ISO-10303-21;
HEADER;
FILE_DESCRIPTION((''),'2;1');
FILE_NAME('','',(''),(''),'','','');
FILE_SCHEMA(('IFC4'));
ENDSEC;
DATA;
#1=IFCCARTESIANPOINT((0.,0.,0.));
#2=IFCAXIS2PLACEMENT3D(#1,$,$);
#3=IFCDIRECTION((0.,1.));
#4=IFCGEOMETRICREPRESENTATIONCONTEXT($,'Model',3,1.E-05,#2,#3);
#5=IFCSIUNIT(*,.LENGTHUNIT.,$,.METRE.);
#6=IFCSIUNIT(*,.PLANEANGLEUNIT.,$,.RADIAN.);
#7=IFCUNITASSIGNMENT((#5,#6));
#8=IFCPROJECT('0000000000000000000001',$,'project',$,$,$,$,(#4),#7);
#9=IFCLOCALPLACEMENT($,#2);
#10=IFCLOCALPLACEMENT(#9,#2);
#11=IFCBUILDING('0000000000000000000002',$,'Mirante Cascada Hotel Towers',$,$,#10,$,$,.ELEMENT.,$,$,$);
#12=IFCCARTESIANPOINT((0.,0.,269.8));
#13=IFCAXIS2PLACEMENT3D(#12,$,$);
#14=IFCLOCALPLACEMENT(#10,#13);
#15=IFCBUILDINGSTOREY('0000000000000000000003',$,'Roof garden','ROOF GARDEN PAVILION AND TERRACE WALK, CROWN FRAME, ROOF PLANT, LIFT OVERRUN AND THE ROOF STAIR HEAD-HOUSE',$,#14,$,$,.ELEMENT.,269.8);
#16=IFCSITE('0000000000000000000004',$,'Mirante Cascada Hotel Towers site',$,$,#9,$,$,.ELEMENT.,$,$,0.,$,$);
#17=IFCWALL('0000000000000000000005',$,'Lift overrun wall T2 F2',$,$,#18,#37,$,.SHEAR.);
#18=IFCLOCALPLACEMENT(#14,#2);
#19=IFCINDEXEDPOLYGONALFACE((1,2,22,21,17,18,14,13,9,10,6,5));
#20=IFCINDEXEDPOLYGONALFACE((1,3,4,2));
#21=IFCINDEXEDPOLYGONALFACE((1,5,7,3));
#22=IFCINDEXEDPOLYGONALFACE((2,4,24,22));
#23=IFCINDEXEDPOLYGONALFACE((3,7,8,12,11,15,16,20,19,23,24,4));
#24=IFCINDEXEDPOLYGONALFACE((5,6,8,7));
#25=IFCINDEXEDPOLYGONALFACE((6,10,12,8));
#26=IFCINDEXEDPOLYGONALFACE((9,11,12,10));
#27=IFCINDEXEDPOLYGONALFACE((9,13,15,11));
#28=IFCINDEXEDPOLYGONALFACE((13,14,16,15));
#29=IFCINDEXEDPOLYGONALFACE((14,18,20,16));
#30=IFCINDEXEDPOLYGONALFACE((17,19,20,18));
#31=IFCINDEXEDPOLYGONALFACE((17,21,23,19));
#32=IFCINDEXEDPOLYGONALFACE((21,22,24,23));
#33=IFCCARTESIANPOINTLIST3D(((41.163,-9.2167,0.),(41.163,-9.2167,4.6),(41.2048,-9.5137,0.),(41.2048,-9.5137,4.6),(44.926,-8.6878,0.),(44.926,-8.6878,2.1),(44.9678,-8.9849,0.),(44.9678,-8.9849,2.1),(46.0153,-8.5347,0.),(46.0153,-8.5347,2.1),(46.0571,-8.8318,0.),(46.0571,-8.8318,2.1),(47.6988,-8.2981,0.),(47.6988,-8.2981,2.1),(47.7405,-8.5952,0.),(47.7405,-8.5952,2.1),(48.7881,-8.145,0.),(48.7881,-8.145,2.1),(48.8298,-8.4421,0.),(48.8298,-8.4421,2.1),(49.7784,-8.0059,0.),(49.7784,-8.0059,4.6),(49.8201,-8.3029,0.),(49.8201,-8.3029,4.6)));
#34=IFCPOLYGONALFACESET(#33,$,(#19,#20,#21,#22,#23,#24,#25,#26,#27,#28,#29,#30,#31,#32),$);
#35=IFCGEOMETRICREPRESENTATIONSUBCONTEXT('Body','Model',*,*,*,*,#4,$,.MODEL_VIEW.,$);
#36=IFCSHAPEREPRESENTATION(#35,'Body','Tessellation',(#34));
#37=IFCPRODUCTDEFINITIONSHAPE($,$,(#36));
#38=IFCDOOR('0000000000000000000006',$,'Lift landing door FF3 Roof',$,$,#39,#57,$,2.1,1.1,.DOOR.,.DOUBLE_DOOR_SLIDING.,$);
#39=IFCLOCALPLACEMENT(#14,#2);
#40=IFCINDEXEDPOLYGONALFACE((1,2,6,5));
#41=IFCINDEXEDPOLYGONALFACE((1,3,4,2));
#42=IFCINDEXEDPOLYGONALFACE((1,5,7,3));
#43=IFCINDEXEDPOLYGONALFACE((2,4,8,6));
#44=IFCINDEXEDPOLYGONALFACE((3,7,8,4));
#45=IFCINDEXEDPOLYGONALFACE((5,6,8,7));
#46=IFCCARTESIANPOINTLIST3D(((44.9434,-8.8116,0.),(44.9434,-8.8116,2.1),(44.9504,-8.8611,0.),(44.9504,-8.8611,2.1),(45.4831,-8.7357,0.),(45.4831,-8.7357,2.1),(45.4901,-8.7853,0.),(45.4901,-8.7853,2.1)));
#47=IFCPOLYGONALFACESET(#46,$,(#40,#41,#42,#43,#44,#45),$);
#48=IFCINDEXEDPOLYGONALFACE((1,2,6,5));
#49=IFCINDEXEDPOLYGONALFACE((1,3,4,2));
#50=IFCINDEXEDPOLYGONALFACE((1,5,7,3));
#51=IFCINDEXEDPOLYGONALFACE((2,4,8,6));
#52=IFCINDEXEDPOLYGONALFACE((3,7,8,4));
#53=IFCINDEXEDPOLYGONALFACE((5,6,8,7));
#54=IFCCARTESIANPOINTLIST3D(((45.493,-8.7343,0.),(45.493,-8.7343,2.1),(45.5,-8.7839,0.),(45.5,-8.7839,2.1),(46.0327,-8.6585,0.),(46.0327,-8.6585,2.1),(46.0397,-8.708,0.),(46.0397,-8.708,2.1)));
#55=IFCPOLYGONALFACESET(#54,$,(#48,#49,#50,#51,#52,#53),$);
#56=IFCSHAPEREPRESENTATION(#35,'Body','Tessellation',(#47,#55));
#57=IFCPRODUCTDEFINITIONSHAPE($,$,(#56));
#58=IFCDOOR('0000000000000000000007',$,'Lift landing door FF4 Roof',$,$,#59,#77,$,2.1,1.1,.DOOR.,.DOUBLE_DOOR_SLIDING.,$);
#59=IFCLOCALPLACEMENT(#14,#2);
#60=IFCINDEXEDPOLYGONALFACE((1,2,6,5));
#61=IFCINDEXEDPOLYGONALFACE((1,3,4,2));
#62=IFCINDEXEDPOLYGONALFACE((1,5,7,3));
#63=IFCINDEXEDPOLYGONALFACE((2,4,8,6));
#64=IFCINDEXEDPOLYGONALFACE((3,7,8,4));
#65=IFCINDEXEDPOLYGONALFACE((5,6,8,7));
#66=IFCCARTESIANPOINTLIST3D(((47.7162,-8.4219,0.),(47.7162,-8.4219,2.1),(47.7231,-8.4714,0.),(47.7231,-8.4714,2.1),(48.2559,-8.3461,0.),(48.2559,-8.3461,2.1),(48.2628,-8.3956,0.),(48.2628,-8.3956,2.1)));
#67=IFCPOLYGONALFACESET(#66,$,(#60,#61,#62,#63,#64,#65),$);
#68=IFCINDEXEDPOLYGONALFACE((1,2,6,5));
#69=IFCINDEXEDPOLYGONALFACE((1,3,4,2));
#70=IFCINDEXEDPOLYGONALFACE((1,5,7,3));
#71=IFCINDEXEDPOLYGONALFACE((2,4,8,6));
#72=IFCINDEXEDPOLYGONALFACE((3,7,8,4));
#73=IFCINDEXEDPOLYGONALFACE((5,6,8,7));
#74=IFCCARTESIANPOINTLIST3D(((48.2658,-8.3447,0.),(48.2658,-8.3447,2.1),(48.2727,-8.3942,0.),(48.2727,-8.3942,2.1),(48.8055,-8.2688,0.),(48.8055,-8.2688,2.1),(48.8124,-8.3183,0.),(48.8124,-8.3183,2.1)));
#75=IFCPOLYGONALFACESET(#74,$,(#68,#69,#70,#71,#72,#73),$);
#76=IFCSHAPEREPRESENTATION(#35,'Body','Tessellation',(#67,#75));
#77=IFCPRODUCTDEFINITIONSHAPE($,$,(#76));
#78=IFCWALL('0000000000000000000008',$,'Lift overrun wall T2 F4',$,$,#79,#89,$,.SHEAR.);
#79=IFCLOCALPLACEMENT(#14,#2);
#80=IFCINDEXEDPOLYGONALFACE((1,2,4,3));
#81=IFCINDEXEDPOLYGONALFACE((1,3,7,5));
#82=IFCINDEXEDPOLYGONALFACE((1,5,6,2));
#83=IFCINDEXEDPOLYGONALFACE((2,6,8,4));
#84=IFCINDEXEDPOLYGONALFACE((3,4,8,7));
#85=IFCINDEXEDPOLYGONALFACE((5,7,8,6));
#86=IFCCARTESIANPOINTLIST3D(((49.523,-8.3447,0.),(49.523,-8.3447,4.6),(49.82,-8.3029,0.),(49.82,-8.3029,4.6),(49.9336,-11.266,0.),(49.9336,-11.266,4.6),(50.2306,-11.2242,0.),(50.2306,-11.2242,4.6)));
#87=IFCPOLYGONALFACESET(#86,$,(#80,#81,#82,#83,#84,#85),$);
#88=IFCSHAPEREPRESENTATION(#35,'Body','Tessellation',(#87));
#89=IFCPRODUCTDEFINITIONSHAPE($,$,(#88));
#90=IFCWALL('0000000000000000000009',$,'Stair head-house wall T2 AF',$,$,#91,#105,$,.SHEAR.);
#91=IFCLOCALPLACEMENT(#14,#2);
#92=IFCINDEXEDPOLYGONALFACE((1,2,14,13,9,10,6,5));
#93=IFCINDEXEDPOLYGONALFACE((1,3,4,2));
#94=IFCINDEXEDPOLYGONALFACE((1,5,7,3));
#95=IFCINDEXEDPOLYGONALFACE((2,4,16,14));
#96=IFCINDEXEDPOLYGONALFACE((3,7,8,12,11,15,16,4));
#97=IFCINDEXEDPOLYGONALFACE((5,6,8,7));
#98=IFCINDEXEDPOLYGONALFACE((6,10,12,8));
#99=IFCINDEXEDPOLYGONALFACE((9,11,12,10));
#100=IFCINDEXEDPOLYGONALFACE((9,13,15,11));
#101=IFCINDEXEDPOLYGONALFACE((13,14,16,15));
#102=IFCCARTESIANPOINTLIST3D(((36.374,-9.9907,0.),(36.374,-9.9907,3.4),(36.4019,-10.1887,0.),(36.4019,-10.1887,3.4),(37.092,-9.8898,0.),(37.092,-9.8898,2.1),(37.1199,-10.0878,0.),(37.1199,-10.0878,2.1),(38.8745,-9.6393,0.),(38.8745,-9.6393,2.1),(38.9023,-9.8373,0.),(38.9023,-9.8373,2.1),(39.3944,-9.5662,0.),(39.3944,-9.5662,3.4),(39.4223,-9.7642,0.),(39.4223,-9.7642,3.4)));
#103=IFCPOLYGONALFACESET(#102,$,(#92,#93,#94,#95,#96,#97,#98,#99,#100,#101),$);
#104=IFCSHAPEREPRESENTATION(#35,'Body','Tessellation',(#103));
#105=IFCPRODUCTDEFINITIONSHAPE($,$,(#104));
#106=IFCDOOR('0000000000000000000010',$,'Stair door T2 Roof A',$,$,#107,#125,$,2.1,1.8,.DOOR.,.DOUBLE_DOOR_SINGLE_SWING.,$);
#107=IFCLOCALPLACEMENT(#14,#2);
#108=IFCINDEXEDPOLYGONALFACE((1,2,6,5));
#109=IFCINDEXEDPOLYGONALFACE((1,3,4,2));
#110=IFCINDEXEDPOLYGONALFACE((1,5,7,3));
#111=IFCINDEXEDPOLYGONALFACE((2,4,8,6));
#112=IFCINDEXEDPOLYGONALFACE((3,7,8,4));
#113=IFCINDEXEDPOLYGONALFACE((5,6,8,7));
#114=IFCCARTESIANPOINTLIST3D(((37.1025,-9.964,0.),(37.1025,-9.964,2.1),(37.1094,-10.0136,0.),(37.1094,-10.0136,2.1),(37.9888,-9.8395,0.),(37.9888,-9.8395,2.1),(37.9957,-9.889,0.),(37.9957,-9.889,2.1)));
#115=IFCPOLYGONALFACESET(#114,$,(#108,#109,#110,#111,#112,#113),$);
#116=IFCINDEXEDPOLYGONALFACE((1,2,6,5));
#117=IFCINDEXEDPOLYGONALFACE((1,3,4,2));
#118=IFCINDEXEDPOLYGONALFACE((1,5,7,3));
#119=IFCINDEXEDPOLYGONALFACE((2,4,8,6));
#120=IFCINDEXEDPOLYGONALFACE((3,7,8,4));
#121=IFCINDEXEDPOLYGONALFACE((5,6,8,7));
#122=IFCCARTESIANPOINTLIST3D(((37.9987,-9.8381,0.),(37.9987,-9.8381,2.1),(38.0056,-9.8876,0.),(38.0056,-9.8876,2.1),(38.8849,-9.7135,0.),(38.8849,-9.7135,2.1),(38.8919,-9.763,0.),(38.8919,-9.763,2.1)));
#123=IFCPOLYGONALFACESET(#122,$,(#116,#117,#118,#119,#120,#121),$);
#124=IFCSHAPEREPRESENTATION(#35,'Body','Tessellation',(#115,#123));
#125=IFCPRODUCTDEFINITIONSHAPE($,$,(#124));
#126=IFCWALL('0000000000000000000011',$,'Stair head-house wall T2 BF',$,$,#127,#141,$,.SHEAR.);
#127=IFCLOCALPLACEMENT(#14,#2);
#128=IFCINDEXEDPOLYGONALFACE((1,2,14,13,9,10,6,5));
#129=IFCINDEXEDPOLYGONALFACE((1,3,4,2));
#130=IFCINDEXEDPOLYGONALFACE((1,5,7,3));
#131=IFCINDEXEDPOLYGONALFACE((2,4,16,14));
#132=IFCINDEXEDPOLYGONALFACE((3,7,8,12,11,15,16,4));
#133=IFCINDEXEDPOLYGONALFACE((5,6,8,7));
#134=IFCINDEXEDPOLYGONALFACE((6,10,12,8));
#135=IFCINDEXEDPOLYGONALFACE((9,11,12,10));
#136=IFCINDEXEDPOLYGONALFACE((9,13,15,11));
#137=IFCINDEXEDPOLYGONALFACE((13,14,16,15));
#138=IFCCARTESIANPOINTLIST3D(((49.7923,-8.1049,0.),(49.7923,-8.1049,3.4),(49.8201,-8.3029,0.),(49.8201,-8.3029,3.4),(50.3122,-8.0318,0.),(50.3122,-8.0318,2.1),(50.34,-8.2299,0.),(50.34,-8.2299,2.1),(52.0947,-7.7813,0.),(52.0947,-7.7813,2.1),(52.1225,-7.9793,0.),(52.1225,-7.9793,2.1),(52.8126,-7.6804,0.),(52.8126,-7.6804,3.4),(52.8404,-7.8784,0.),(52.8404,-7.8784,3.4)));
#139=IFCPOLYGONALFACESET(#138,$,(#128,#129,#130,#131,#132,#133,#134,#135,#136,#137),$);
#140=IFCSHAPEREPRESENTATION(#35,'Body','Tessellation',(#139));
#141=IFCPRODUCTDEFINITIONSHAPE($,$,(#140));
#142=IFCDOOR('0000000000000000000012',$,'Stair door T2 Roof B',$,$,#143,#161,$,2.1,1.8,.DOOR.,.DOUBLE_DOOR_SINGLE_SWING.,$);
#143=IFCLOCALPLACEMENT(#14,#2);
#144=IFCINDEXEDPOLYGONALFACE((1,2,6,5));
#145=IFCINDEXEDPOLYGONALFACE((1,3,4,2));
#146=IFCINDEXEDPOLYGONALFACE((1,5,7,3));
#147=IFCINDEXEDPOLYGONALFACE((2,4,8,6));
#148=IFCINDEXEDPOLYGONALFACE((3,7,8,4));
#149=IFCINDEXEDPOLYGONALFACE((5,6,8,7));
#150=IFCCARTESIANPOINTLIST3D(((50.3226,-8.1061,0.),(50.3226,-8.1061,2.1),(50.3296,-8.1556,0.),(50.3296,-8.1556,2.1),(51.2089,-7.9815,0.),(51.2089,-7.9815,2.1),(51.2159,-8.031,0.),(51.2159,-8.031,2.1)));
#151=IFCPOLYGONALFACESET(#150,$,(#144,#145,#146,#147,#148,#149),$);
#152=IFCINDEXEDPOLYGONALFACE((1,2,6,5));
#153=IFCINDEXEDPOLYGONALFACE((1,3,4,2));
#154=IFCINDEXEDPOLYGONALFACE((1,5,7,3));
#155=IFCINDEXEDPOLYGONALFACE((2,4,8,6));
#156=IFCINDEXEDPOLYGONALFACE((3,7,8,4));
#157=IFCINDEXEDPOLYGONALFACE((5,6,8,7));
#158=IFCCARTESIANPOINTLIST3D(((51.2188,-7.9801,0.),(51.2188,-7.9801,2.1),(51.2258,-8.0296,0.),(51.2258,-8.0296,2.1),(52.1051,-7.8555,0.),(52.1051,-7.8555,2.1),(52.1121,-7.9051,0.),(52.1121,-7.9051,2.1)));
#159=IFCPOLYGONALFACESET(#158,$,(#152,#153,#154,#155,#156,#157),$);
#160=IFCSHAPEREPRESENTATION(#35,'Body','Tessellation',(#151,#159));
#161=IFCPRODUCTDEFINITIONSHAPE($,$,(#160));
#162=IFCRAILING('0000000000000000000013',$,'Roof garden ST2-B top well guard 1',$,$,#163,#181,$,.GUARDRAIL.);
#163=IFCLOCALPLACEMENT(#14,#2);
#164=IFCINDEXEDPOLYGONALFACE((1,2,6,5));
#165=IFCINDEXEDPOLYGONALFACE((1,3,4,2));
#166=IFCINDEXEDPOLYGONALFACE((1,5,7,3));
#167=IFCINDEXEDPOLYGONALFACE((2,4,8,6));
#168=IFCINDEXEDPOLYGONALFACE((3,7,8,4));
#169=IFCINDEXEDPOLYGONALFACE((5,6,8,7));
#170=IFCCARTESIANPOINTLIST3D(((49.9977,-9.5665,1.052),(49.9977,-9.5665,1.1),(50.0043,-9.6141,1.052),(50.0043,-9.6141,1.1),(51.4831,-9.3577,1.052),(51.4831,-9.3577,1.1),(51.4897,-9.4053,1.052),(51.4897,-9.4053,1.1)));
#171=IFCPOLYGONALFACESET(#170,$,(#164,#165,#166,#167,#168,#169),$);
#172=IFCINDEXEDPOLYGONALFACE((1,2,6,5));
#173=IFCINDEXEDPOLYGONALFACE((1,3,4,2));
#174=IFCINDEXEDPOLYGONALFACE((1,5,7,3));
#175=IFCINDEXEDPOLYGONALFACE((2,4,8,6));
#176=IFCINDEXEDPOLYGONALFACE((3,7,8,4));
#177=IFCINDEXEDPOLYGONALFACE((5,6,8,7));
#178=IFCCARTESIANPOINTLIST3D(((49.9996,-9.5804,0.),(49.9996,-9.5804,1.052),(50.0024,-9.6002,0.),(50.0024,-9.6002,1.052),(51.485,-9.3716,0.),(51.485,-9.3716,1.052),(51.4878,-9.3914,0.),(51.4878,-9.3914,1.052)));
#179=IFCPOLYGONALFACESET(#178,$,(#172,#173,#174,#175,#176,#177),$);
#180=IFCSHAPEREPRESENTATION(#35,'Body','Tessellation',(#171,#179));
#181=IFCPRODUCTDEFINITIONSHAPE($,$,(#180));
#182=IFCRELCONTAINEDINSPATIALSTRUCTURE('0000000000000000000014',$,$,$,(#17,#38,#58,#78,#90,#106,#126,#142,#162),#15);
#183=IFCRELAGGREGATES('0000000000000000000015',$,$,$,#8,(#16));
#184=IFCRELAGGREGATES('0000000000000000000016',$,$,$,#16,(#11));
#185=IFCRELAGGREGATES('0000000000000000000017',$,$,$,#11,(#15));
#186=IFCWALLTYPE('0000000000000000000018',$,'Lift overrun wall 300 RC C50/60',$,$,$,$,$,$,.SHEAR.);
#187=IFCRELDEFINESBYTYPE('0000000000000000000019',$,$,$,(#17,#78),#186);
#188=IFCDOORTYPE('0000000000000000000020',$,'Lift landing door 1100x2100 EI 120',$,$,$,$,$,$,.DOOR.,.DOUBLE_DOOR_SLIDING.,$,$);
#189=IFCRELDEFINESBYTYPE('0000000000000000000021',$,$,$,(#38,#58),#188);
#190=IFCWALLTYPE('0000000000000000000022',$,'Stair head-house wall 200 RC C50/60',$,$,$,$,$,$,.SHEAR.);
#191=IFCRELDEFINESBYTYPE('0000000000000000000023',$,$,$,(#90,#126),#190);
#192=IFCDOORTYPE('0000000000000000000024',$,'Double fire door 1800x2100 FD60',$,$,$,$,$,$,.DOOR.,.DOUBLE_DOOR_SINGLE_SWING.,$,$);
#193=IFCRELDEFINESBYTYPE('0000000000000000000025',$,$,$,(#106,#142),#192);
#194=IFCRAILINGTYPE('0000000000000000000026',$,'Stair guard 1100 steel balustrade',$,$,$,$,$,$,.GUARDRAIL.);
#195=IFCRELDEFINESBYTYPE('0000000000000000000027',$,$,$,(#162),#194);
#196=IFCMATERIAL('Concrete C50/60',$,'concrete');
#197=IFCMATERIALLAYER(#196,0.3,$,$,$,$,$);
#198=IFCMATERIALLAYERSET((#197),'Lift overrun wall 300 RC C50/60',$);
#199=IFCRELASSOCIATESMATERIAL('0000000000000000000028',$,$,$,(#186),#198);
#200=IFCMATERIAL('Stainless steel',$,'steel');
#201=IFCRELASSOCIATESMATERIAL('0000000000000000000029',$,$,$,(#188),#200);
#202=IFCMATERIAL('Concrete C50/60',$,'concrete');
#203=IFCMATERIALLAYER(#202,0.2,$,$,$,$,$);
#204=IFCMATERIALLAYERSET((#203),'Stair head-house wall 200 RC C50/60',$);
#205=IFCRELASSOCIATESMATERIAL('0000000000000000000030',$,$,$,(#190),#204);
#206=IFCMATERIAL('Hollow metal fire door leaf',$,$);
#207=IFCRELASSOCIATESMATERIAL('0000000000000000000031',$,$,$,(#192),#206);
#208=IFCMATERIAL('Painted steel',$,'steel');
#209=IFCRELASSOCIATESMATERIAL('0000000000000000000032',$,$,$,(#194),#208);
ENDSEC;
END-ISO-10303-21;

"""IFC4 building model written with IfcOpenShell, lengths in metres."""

from ifc_helpers import new_model, si_unit, direction, frame, frame_2d, origin, origin_2d, place, context, subcontext, project, spatial, rectangle, extrude, material, layer, layer_set, type_object, element, fill, save


model = new_model("IFC4")

# Units and contexts
model_context = context("Model", 3, precision=1e-05, world=origin(), true_north=direction((0.0, 1.0)))
body_context = subcontext(model_context, "Body", "Model", "MODEL_VIEW")
ifc_project = project(units=[si_unit("LENGTHUNIT", "METRE"), si_unit("PLANEANGLEUNIT", "RADIAN")], contexts=[model_context])

# Site, building, storey
site_placement = place(None, origin())
site = spatial("IfcSite", under=ifc_project, at=site_placement, Name="Mirante Cascada Hotel Towers site", CompositionType="ELEMENT", RefElevation=0.0)
building_placement = place(site_placement, origin())
building = spatial("IfcBuilding", under=site, at=building_placement, Name="Mirante Cascada Hotel Towers", CompositionType="ELEMENT")
storey_placement = place(building_placement, frame((0.0, 0.0, 269.8)))
storey = spatial("IfcBuildingStorey", under=building, at=storey_placement, Name="Roof garden", Description="ROOF GARDEN PAVILION AND TERRACE WALK, CROWN FRAME, ROOF PLANT, LIFT OVERRUN AND THE ROOF STAIR HEAD-HOUSE", CompositionType="ELEMENT", Elevation=269.8)

# Wall, openings, doors
ifc_material_1 = material(Name="Concrete C50/60", Category="concrete")
ifc_layer_1 = layer(ifc_material_1, 0.3)
ifc_layer_set_1 = layer_set([ifc_layer_1], Name="Lift overrun wall 300 RC C50/60")
wall_type_1 = type_object("IfcWallType", Name="Lift overrun wall 300 RC C50/60", PredefinedType="SHEAR", material=ifc_layer_set_1)
wall_1_placement = place(storey_placement, frame((41.1839, -9.3652, 0.0), z_axis=(0.0, 0.0, 1.0), x_axis=(0.990268, 0.139173, 0.0)))
wall_1 = element("IfcWall", 1, at=wall_1_placement, inside=storey, type_object=wall_type_1, Name="Lift overrun wall T2 F2", PredefinedType="SHEAR", context=body_context, shape_type="SweptSolid", body=[
    extrude(rectangle(XDim=8.7, YDim=0.3, at=frame_2d((4.35, 0.0))), origin(), (0.0, 0.0, 1.0), 4.6),
])
opening_1_placement = place(wall_1_placement, frame((3.8, 0.0, 0.0)))
opening_1 = element("IfcOpeningElement", 2, at=opening_1_placement, cuts=wall_1, PredefinedType="OPENING", context=body_context, shape_type="SweptSolid", body=[
    extrude(rectangle(XDim=1.1, YDim=2.1, at=frame_2d((0.55, 1.05))), frame((0.0, 0.15, 0.0), z_axis=(0.0, -1.0, 0.0), x_axis=(1.0, 0.0, 0.0)), (0.0, 0.0, 1.0), 0.3),
])
opening_2_placement = place(wall_1_placement, frame((6.6, 0.0, 0.0)))
opening_2 = element("IfcOpeningElement", 3, at=opening_2_placement, cuts=wall_1, PredefinedType="OPENING", context=body_context, shape_type="SweptSolid", body=[
    extrude(rectangle(XDim=1.1, YDim=2.1, at=frame_2d((0.55, 1.05))), frame((0.0, 0.15, 0.0), z_axis=(0.0, -1.0, 0.0), x_axis=(1.0, 0.0, 0.0)), (0.0, 0.0, 1.0), 0.3),
])
ifc_material_2 = material(Name="Stainless steel", Category="steel")
door_type_1 = type_object("IfcDoorType", Name="Lift landing door 1100x2100 EI 120", OperationType="DOUBLE_DOOR_SLIDING", PredefinedType="DOOR", material=ifc_material_2)
door_1_placement = place(opening_1_placement, origin())
door_1 = element("IfcDoor", 4, at=door_1_placement, inside=storey, type_object=door_type_1, Name="Lift landing door FF3 Roof", OperationType="DOUBLE_DOOR_SLIDING", OverallHeight=2.1, OverallWidth=1.1, PredefinedType="DOOR", context=body_context, shape_type="SweptSolid", body=[
    extrude(rectangle(XDim=0.545, YDim=2.1, at=frame_2d((0.2725, 1.05))), frame((0.0, 0.025, 0.0), z_axis=(0.0, -1.0, 0.0), x_axis=(1.0, 0.0, 0.0)), (0.0, 0.0, 1.0), 0.05),
    extrude(rectangle(XDim=0.545, YDim=2.1, at=frame_2d((0.8275, 1.05))), frame((0.0, 0.025, 0.0), z_axis=(0.0, -1.0, 0.0), x_axis=(1.0, 0.0, 0.0)), (0.0, 0.0, 1.0), 0.05),
])
fill(opening_1, door_1)
door_2_placement = place(opening_2_placement, origin())
door_2 = element("IfcDoor", 5, at=door_2_placement, inside=storey, type_object=door_type_1, Name="Lift landing door FF4 Roof", OperationType="DOUBLE_DOOR_SLIDING", OverallHeight=2.1, OverallWidth=1.1, PredefinedType="DOOR", context=body_context, shape_type="SweptSolid", body=[
    extrude(rectangle(XDim=0.545, YDim=2.1, at=frame_2d((0.2725, 1.05))), frame((0.0, 0.025, 0.0), z_axis=(0.0, -1.0, 0.0), x_axis=(1.0, 0.0, 0.0)), (0.0, 0.0, 1.0), 0.05),
    extrude(rectangle(XDim=0.545, YDim=2.1, at=frame_2d((0.8275, 1.05))), frame((0.0, 0.025, 0.0), z_axis=(0.0, -1.0, 0.0), x_axis=(1.0, 0.0, 0.0)), (0.0, 0.0, 1.0), 0.05),
])
fill(opening_2, door_2)

# Wall
wall_2_placement = place(storey_placement, frame((50.0821, -11.2451, 0.0), z_axis=(0.0, 0.0, 1.0), x_axis=(-0.139186, 0.990266, 0.0)))
element("IfcWall", 6, at=wall_2_placement, inside=storey, type_object=wall_type_1, Name="Lift overrun wall T2 F4", PredefinedType="SHEAR", context=body_context, shape_type="SweptSolid", body=[
    extrude(rectangle(XDim=2.95, YDim=0.3, at=frame_2d((1.475, 0.0))), origin(), (0.0, 0.0, 1.0), 4.6),
])

# Walls, openings, doors
ifc_material_3 = material(Name="Concrete C50/60", Category="concrete")
ifc_layer_2 = layer(ifc_material_3, 0.2)
ifc_layer_set_2 = layer_set([ifc_layer_2], Name="Stair head-house wall 200 RC C50/60")
wall_type_2 = type_object("IfcWallType", Name="Stair head-house wall 200 RC C50/60", PredefinedType="SHEAR", material=ifc_layer_set_2)
wall_3_placement = place(storey_placement, frame((36.388, -10.0897, 0.0), z_axis=(0.0, 0.0, 1.0), x_axis=(0.990268, 0.139177, 0.0)))
wall_3 = element("IfcWall", 7, at=wall_3_placement, inside=storey, type_object=wall_type_2, Name="Stair head-house wall T2 AF", PredefinedType="SHEAR", context=body_context, shape_type="SweptSolid", body=[
    extrude(rectangle(XDim=3.0501, YDim=0.2, at=frame_2d((1.525, 0.0))), origin(), (0.0, 0.0, 1.0), 3.4),
])
opening_3_placement = place(wall_3_placement, frame((0.725, 0.0, 0.0)))
opening_3 = element("IfcOpeningElement", 8, at=opening_3_placement, cuts=wall_3, PredefinedType="OPENING", context=body_context, shape_type="SweptSolid", body=[
    extrude(rectangle(XDim=1.8, YDim=2.1, at=frame_2d((0.9, 1.05))), frame((0.0, 0.1, 0.0), z_axis=(0.0, -1.0, 0.0), x_axis=(1.0, 0.0, 0.0)), (0.0, 0.0, 1.0), 0.2),
])
ifc_material_4 = material(Name="Hollow metal fire door leaf")
door_type_2 = type_object("IfcDoorType", Name="Double fire door 1800x2100 FD60", OperationType="DOUBLE_DOOR_SINGLE_SWING", PredefinedType="DOOR", material=ifc_material_4)
door_3_placement = place(opening_3_placement, origin())
door_3 = element("IfcDoor", 9, at=door_3_placement, inside=storey, type_object=door_type_2, Name="Stair door T2 Roof A", OperationType="DOUBLE_DOOR_SINGLE_SWING", OverallHeight=2.1, OverallWidth=1.8, PredefinedType="DOOR", context=body_context, shape_type="SweptSolid", body=[
    extrude(rectangle(XDim=0.895, YDim=2.1, at=frame_2d((0.4475, 1.05))), frame((0.0, 0.025, 0.0), z_axis=(0.0, -1.0, 0.0), x_axis=(1.0, 0.0, 0.0)), (0.0, 0.0, 1.0), 0.05),
    extrude(rectangle(XDim=0.895, YDim=2.1, at=frame_2d((1.3525, 1.05))), frame((0.0, 0.025, 0.0), z_axis=(0.0, -1.0, 0.0), x_axis=(1.0, 0.0, 0.0)), (0.0, 0.0, 1.0), 0.05),
])
fill(opening_3, door_3)
wall_4_placement = place(storey_placement, frame((49.8062, -8.2039, 0.0), z_axis=(0.0, 0.0, 1.0), x_axis=(0.990267, 0.139181, 0.0)))
wall_4 = element("IfcWall", 10, at=wall_4_placement, inside=storey, type_object=wall_type_2, Name="Stair head-house wall T2 BF", PredefinedType="SHEAR", context=body_context, shape_type="SweptSolid", body=[
    extrude(rectangle(XDim=3.05, YDim=0.2, at=frame_2d((1.525, 0.0))), origin(), (0.0, 0.0, 1.0), 3.4),
])
opening_4_placement = place(wall_4_placement, frame((0.525, 0.0, 0.0)))
opening_4 = element("IfcOpeningElement", 11, at=opening_4_placement, cuts=wall_4, PredefinedType="OPENING", context=body_context, shape_type="SweptSolid", body=[
    extrude(rectangle(XDim=1.8, YDim=2.1, at=frame_2d((0.9, 1.05))), frame((0.0, 0.1, 0.0), z_axis=(0.0, -1.0, 0.0), x_axis=(1.0, 0.0, 0.0)), (0.0, 0.0, 1.0), 0.2),
])
door_4_placement = place(opening_4_placement, origin())
door_4 = element("IfcDoor", 12, at=door_4_placement, inside=storey, type_object=door_type_2, Name="Stair door T2 Roof B", OperationType="DOUBLE_DOOR_SINGLE_SWING", OverallHeight=2.1, OverallWidth=1.8, PredefinedType="DOOR", context=body_context, shape_type="SweptSolid", body=[
    extrude(rectangle(XDim=0.895, YDim=2.1, at=frame_2d((0.4475, 1.05))), frame((0.0, 0.025, 0.0), z_axis=(0.0, -1.0, 0.0), x_axis=(1.0, 0.0, 0.0)), (0.0, 0.0, 1.0), 0.05),
    extrude(rectangle(XDim=0.895, YDim=2.1, at=frame_2d((1.3525, 1.05))), frame((0.0, 0.025, 0.0), z_axis=(0.0, -1.0, 0.0), x_axis=(1.0, 0.0, 0.0)), (0.0, 0.0, 1.0), 0.05),
])
fill(opening_4, door_4)

# Railing
ifc_material_5 = material(Name="Painted steel", Category="steel")
railing_type = type_object("IfcRailingType", Name="Stair guard 1100 steel balustrade", PredefinedType="GUARDRAIL", material=ifc_material_5)
railing_placement = place(storey_placement, frame((50.001, -9.5903, 0.0)))
element("IfcRailing", 13, at=railing_placement, inside=storey, type_object=railing_type, Name="Roof garden ST2-B top well guard 1", PredefinedType="GUARDRAIL", context=body_context, shape_type="SweptSolid", body=[
    extrude(rectangle(XDim=0.048, YDim=0.048, at=origin_2d()), frame((0.0, 0.0, 1.076), z_axis=(0.990264, 0.1392, 0.0), x_axis=(-0.1392, 0.990264, 0.0)), (0.0, 0.0, 1.0), 1.5),
    extrude(rectangle(XDim=0.02, YDim=1.052, at=origin_2d()), frame((0.0, 0.0, 0.526), z_axis=(0.990264, 0.1392, 0.0), x_axis=(-0.1392, 0.990264, 0.0)), (0.0, 0.0, 1.0), 1.5),
])

save(model, "model.ifc")
